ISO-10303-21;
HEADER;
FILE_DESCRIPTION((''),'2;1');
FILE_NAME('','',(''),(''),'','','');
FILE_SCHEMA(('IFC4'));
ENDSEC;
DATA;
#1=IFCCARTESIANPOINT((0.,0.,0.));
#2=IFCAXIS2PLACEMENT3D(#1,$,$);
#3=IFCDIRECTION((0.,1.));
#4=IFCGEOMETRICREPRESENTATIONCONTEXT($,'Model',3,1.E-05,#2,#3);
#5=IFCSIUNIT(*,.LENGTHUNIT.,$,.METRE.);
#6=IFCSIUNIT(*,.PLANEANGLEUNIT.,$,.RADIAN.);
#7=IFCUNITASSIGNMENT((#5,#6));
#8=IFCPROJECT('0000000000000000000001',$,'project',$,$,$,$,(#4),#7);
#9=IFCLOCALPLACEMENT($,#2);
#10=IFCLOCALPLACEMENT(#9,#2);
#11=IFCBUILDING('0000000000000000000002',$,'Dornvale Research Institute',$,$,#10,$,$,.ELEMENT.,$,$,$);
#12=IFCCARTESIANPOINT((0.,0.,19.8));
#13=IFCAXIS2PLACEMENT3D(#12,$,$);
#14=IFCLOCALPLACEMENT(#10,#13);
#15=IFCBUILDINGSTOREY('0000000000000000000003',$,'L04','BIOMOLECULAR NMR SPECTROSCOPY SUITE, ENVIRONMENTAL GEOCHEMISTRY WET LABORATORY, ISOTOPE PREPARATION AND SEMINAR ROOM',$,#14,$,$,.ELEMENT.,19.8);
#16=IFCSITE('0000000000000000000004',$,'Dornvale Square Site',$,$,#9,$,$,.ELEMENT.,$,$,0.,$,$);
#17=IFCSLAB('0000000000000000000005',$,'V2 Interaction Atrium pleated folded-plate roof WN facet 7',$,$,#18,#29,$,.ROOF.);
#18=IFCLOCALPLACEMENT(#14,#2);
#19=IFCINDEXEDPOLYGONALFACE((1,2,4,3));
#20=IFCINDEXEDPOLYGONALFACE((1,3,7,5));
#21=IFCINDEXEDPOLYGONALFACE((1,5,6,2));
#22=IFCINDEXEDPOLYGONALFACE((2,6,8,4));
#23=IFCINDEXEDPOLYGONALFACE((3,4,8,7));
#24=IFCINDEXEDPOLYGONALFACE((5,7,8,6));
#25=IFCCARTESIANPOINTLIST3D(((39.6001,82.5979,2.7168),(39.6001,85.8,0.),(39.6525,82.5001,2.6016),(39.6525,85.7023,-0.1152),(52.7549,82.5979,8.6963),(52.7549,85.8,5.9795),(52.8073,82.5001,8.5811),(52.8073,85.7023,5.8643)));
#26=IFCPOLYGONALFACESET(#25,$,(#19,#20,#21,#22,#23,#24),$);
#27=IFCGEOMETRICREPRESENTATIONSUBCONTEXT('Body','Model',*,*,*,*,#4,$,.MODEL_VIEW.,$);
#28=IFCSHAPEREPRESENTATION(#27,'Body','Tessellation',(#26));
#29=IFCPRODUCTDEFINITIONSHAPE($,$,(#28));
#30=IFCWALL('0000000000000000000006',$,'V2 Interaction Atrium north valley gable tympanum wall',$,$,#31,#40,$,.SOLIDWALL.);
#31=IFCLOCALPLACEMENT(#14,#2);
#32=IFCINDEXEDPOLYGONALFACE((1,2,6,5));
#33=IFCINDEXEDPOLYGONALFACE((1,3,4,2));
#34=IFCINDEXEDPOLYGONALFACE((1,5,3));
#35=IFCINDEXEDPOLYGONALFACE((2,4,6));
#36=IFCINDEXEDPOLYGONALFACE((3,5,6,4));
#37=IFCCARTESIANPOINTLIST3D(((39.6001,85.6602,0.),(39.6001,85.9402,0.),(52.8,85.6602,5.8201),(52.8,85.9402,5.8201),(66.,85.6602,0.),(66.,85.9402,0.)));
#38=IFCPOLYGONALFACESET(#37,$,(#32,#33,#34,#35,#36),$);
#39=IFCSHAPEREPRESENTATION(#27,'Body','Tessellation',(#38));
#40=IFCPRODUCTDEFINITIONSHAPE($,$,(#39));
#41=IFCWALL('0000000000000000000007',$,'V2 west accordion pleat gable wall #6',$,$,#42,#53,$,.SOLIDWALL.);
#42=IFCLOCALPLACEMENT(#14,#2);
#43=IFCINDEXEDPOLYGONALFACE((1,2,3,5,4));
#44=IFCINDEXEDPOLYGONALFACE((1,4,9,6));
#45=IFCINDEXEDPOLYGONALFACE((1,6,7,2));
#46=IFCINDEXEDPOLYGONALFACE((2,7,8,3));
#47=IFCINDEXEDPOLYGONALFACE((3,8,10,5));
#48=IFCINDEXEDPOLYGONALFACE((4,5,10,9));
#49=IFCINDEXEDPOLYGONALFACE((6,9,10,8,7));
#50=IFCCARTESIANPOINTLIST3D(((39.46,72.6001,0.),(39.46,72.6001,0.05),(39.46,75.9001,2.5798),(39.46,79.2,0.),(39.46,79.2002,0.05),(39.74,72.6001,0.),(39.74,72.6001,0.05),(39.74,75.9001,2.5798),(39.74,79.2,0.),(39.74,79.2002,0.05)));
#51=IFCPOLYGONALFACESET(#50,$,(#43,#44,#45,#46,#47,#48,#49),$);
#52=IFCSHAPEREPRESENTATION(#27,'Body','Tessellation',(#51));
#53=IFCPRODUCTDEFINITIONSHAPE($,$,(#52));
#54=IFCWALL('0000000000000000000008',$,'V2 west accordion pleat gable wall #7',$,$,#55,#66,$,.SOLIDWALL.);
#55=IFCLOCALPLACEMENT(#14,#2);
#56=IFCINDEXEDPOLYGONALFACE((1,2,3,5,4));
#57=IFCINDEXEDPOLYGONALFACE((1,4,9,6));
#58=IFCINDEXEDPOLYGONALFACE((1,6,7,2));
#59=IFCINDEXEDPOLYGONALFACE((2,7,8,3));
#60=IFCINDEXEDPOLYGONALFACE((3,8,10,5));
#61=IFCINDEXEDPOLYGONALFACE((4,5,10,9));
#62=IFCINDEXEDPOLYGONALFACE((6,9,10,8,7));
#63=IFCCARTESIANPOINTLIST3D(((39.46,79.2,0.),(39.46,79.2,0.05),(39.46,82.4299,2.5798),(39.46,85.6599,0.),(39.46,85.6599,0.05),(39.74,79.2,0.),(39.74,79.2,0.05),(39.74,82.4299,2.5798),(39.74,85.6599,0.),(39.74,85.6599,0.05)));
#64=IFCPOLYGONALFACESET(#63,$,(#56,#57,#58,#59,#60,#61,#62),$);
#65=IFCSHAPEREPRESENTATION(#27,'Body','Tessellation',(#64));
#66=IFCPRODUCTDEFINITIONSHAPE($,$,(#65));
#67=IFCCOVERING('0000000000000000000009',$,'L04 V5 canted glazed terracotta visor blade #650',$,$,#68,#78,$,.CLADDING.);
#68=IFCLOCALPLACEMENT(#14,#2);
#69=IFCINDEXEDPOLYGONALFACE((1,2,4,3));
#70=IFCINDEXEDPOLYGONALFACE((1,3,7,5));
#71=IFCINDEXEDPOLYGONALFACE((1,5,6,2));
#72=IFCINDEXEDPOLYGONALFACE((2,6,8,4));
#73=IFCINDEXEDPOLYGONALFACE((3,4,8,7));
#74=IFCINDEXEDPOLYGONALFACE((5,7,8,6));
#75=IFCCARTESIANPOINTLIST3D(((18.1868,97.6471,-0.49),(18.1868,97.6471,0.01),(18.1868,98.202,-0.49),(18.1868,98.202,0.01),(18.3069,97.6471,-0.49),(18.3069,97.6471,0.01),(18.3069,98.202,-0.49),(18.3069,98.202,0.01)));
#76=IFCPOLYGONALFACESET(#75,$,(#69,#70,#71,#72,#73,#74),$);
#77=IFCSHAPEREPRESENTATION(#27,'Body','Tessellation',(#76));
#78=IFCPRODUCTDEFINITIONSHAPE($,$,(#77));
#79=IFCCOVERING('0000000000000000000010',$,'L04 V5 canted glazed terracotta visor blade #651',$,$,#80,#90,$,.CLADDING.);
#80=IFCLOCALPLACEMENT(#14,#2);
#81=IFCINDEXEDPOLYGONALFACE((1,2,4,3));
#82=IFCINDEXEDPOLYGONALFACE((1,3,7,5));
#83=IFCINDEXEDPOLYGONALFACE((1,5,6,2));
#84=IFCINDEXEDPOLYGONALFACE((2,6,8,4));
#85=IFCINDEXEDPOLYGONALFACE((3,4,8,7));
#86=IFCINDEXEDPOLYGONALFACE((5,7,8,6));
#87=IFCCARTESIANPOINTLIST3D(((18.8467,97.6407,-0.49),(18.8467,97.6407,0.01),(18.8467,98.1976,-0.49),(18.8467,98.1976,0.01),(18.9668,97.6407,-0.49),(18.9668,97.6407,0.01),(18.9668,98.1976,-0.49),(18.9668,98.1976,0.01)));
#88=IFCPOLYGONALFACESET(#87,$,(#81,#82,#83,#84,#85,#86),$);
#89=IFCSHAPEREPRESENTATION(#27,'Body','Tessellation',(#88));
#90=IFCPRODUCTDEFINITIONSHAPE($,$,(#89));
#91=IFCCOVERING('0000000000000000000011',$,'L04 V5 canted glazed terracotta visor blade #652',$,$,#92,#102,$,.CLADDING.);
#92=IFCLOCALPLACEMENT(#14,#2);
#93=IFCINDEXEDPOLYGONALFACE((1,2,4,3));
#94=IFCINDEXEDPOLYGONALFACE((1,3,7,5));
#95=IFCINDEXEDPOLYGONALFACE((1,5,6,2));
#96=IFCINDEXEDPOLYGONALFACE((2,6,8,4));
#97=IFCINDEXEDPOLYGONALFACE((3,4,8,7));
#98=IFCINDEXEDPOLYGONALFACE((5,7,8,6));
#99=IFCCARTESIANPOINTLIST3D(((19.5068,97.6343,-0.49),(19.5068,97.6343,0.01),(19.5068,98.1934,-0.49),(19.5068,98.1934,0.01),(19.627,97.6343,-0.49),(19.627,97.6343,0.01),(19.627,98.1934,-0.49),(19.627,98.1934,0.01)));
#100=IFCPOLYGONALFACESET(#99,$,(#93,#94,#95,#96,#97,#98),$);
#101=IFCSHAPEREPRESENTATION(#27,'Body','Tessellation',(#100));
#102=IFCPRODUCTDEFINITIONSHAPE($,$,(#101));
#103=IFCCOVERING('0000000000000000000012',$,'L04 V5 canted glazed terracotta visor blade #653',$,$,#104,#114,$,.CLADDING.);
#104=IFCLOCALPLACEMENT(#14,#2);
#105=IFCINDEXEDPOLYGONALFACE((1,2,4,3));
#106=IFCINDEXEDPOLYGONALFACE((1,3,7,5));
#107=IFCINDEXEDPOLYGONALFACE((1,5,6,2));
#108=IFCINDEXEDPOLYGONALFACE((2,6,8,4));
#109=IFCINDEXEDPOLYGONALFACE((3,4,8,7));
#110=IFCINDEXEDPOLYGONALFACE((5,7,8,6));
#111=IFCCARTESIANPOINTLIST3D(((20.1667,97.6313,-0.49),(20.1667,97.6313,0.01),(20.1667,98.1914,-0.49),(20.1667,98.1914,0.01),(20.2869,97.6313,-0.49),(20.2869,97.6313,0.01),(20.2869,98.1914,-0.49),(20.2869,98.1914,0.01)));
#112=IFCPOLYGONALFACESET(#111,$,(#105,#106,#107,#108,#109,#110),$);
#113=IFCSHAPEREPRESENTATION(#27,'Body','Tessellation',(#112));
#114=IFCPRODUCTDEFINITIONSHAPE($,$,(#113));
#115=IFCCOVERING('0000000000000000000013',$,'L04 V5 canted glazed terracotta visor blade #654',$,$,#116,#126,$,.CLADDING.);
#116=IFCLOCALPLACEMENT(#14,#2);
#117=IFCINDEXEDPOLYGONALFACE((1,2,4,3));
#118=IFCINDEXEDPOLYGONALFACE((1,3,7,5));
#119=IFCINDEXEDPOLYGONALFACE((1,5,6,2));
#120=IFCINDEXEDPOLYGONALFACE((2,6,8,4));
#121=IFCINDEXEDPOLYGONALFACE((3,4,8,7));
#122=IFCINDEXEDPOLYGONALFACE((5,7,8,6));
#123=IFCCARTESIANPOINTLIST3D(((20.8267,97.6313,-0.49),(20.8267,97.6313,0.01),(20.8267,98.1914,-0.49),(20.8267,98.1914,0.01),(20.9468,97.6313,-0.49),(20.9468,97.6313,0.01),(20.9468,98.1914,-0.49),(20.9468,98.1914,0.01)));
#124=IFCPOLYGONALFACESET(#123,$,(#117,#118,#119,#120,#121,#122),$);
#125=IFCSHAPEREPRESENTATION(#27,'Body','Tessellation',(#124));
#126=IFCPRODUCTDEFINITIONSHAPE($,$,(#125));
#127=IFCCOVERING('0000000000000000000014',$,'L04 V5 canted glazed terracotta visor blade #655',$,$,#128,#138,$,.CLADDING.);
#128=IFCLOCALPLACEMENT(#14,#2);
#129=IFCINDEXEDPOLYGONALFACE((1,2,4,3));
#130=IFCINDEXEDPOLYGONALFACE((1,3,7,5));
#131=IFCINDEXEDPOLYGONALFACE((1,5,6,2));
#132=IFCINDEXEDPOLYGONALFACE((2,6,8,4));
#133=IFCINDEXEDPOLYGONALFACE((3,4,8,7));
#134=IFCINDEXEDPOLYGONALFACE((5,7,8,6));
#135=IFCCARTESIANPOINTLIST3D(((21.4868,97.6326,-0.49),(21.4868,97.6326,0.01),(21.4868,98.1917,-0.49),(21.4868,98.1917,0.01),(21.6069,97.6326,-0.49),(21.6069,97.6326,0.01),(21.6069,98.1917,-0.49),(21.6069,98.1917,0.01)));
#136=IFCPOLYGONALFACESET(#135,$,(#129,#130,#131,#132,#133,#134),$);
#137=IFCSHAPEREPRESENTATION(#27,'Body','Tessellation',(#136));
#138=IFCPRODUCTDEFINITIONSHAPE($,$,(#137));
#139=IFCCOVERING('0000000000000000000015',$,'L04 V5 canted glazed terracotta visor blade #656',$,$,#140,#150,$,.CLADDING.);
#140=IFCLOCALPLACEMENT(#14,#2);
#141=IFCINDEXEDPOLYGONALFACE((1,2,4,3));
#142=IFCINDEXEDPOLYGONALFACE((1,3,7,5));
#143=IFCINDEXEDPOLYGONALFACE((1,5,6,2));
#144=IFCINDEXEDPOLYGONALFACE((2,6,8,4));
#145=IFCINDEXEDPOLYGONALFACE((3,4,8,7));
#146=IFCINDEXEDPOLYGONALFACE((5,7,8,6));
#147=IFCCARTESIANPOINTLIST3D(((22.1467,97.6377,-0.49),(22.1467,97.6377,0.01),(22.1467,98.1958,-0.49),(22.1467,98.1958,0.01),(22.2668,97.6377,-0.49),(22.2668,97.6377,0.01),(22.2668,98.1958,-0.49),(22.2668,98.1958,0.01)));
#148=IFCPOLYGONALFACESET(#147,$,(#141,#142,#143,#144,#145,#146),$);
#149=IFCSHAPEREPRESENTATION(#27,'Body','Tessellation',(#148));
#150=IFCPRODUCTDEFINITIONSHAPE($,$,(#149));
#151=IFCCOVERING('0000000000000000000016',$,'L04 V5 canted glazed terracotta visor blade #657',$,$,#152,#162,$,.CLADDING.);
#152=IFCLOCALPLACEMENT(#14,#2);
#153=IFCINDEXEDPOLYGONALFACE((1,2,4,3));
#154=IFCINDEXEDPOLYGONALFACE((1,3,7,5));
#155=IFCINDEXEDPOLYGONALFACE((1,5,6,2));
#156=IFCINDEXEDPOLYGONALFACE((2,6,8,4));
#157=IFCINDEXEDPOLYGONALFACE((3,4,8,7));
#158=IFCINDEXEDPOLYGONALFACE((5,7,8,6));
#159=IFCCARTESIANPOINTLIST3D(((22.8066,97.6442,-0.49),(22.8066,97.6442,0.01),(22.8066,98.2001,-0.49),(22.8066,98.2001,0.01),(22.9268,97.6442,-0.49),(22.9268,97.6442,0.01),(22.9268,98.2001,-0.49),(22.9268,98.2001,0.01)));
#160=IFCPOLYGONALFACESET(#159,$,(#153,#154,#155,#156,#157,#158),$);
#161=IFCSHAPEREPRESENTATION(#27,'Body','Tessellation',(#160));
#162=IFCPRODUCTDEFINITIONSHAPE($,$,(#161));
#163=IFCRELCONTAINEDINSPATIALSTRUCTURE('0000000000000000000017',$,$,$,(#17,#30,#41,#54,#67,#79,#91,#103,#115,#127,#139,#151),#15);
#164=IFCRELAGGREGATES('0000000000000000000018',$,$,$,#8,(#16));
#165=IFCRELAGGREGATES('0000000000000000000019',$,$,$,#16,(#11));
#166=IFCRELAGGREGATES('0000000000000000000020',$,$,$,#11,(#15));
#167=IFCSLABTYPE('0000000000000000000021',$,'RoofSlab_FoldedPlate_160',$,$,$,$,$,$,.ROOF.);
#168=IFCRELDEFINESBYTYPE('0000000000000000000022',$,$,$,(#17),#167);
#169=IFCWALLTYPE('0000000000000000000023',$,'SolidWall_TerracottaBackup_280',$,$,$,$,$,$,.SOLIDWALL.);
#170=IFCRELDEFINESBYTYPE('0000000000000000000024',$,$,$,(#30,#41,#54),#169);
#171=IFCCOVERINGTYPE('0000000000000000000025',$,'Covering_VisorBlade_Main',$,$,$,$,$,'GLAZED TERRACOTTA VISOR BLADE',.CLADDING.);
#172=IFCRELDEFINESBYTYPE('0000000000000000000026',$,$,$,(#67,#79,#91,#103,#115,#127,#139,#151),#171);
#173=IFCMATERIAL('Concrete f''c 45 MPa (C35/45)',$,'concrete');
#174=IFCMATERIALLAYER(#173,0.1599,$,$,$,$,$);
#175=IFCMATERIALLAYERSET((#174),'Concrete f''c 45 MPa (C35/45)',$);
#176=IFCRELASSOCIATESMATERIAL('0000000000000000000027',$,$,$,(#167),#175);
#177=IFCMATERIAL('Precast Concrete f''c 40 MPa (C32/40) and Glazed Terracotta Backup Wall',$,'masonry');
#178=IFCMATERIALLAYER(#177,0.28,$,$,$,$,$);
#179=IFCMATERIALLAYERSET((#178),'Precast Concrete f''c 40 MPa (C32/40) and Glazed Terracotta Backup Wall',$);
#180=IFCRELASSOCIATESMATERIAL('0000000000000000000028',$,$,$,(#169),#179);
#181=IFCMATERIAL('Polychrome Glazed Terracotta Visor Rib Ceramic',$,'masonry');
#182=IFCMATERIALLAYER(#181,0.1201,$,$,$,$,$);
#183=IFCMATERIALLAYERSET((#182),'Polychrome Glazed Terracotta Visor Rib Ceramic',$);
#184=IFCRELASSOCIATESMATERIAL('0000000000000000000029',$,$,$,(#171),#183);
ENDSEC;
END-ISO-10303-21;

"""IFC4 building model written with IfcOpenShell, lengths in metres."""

from ifc_helpers import new_model, si_unit, direction, frame, origin, origin_2d, place, context, subcontext, project, spatial, polyline, rectangle, outline, extrude, material, layer, layer_set, type_object, element, save


model = new_model("IFC4")

# Units and contexts
model_context = context("Model", 3, precision=1e-05, world=origin(), true_north=direction((0.0, 1.0)))
body_context = subcontext(model_context, "Body", "Model", "MODEL_VIEW")
ifc_project = project(units=[si_unit("LENGTHUNIT", "METRE"), si_unit("PLANEANGLEUNIT", "RADIAN")], contexts=[model_context])

# Site, building, storey
site_placement = place(None, origin())
site = spatial("IfcSite", under=ifc_project, at=site_placement, Name="Dornvale Square Site", CompositionType="ELEMENT", RefElevation=0.0)
building_placement = place(site_placement, origin())
building = spatial("IfcBuilding", under=site, at=building_placement, Name="Dornvale Research Institute", CompositionType="ELEMENT")
storey_placement = place(building_placement, frame((0.0, 0.0, 19.8)))
storey = spatial("IfcBuildingStorey", under=building, at=storey_placement, Name="L04", Description="BIOMOLECULAR NMR SPECTROSCOPY SUITE, ENVIRONMENTAL GEOCHEMISTRY WET LABORATORY, ISOTOPE PREPARATION AND SEMINAR ROOM", CompositionType="ELEMENT", Elevation=19.8)

# Slab
ifc_material_1 = material(Name="Concrete f'c 45 MPa (C35/45)", Category="concrete")
ifc_layer_1 = layer(ifc_material_1, 0.1599)
ifc_layer_set_1 = layer_set([ifc_layer_1], Name="Concrete f'c 45 MPa (C35/45)")
slab_type = type_object("IfcSlabType", Name="RoofSlab_FoldedPlate_160", PredefinedType="ROOF", material=ifc_layer_set_1)
slab_1_placement = place(storey_placement, frame((39.6001, 82.5979, 2.7168), z_axis=(-0.327493, 0.611276, 0.720479), x_axis=(0.910365, 0.0, 0.413805)))
element("IfcSlab", 1, at=slab_1_placement, inside=storey, type_object=slab_type, Name="V2 Interaction Atrium pleated folded-plate roof WN facet 7", PredefinedType="ROOF", context=body_context, shape_type="SweptSolid", body=[
    extrude(outline(polyline([(0.0, 0.0), (14.45, 0.0), (13.3258, 4.0461), (-1.1242, 4.0461), (0.0, 0.0)])), origin(), (0.0, 0.0, -1.0), 0.1599),
])

# Walls
ifc_material_2 = material(Name="Precast Concrete f'c 40 MPa (C32/40) and Glazed Terracotta Backup Wall", Category="masonry")
ifc_layer_2 = layer(ifc_material_2, 0.28)
ifc_layer_set_2 = layer_set([ifc_layer_2], Name="Precast Concrete f'c 40 MPa (C32/40) and Glazed Terracotta Backup Wall")
wall_type = type_object("IfcWallType", Name="SolidWall_TerracottaBackup_280", PredefinedType="SOLIDWALL", material=ifc_layer_set_2)
wall_1_placement = place(storey_placement, frame((39.6001, 85.8, 0.0), z_axis=(0.0, 0.0, 1.0), x_axis=(1.0, 0.0, 0.0)))
element("IfcWall", 2, at=wall_1_placement, inside=storey, type_object=wall_type, Name="V2 Interaction Atrium north valley gable tympanum wall", PredefinedType="SOLIDWALL", context=body_context, shape_type="SweptSolid", body=[
    extrude(outline(polyline([(0.0, 0.0), (26.3999, 0.0), (26.3999, 0.0), (13.2, 5.8201), (0.0, 0.0), (0.0, 0.0)])), frame((0.0, 0.1401, 0.0), z_axis=(0.0, -1.0, 0.0), x_axis=(1.0, 0.0, 0.0)), (0.0, 0.0, 1.0), 0.28),
])
wall_2_placement = place(storey_placement, frame((39.6001, 72.6001, 0.0), z_axis=(0.0, 0.0, 1.0), x_axis=(0.0, 1.0, 0.0)))
element("IfcWall", 3, at=wall_2_placement, inside=storey, type_object=wall_type, Name="V2 west accordion pleat gable wall #6", PredefinedType="SOLIDWALL", context=body_context, shape_type="SweptSolid", body=[
    extrude(outline(polyline([(0.0, 0.0), (6.5999, 0.0), (6.6001, 0.05), (3.3, 2.5798), (0.0, 0.05), (0.0, 0.0)])), frame((0.0, 0.1401, 0.0), z_axis=(0.0, -1.0, 0.0), x_axis=(1.0, 0.0, 0.0)), (0.0, 0.0, 1.0), 0.28),
])
wall_3_placement = place(storey_placement, frame((39.6001, 79.2, 0.0), z_axis=(0.0, 0.0, 1.0), x_axis=(0.0, 1.0, 0.0)))
element("IfcWall", 4, at=wall_3_placement, inside=storey, type_object=wall_type, Name="V2 west accordion pleat gable wall #7", PredefinedType="SOLIDWALL", context=body_context, shape_type="SweptSolid", body=[
    extrude(outline(polyline([(0.0, 0.0), (6.46, 0.0), (6.46, 0.05), (3.23, 2.5798), (0.0, 0.05), (0.0, 0.0)])), frame((0.0, 0.1401, 0.0), z_axis=(0.0, -1.0, 0.0), x_axis=(1.0, 0.0, 0.0)), (0.0, 0.0, 1.0), 0.28),
])

# Coverings
ifc_material_3 = material(Name="Polychrome Glazed Terracotta Visor Rib Ceramic", Category="masonry")
ifc_layer_3 = layer(ifc_material_3, 0.1201)
ifc_layer_set_3 = layer_set([ifc_layer_3], Name="Polychrome Glazed Terracotta Visor Rib Ceramic")
covering_type = type_object("IfcCoveringType", Name="Covering_VisorBlade_Main", ElementType="GLAZED TERRACOTTA VISOR BLADE", PredefinedType="CLADDING", material=ifc_layer_set_3)
covering_1_placement = place(storey_placement, frame((18.2468, 97.9246, -0.49), z_axis=(0.0, 0.0, 1.0), x_axis=(0.0, 1.0, 0.0)))
element("IfcCovering", 5, at=covering_1_placement, inside=storey, type_object=covering_type, Name="L04 V5 canted glazed terracotta visor blade #650", PredefinedType="CLADDING", context=body_context, shape_type="SweptSolid", body=[
    extrude(rectangle(XDim=0.5549, YDim=0.1201, at=origin_2d()), origin(), (0.0, 0.0, 1.0), 0.5),
])
covering_2_placement = place(storey_placement, frame((18.9067, 97.9192, -0.49), z_axis=(0.0, 0.0, 1.0), x_axis=(0.0, 1.0, 0.0)))
element("IfcCovering", 6, at=covering_2_placement, inside=storey, type_object=covering_type, Name="L04 V5 canted glazed terracotta visor blade #651", PredefinedType="CLADDING", context=body_context, shape_type="SweptSolid", body=[
    extrude(rectangle(XDim=0.5569, YDim=0.1201, at=origin_2d()), origin(), (0.0, 0.0, 1.0), 0.5),
])
covering_3_placement = place(storey_placement, frame((19.5669, 97.9138, -0.49), z_axis=(0.0, 0.0, 1.0), x_axis=(0.0, 1.0, 0.0)))
element("IfcCovering", 7, at=covering_3_placement, inside=storey, type_object=covering_type, Name="L04 V5 canted glazed terracotta visor blade #652", PredefinedType="CLADDING", context=body_context, shape_type="SweptSolid", body=[
    extrude(rectangle(XDim=0.5591, YDim=0.1201, at=origin_2d()), origin(), (0.0, 0.0, 1.0), 0.5),
])
for number, where, z_axis, x_axis, name in (
    (8, (20.2268, 97.9114, -0.49), (0.0, 0.0, 1.0), (0.0, 1.0, 0.0), "L04 V5 canted glazed terracotta visor blade #653"),
    (9, (20.8867, 97.9114, -0.49), (0.0, 0.0, 1.0), (0.0, 1.0, 0.0), "L04 V5 canted glazed terracotta visor blade #654"),
):
    element("IfcCovering", number, at=place(storey_placement, frame(where, z_axis=z_axis, x_axis=x_axis)), inside=storey, type_object=covering_type, Name=name, PredefinedType="CLADDING", context=body_context, shape_type="SweptSolid", body=[
        extrude(rectangle(XDim=0.5601, YDim=0.1201, at=origin_2d()), origin(), (0.0, 0.0, 1.0), 0.5),
    ])
covering_4_placement = place(storey_placement, frame((21.5469, 97.9121, -0.49), z_axis=(0.0, 0.0, 1.0), x_axis=(0.0, 1.0, 0.0)))
element("IfcCovering", 10, at=covering_4_placement, inside=storey, type_object=covering_type, Name="L04 V5 canted glazed terracotta visor blade #655", PredefinedType="CLADDING", context=body_context, shape_type="SweptSolid", body=[
    extrude(rectangle(XDim=0.5591, YDim=0.1201, at=origin_2d()), origin(), (0.0, 0.0, 1.0), 0.5),
])
covering_5_placement = place(storey_placement, frame((22.2068, 97.9167, -0.49), z_axis=(0.0, 0.0, 1.0), x_axis=(0.0, 1.0, 0.0)))
element("IfcCovering", 11, at=covering_5_placement, inside=storey, type_object=covering_type, Name="L04 V5 canted glazed terracotta visor blade #656", PredefinedType="CLADDING", context=body_context, shape_type="SweptSolid", body=[
    extrude(rectangle(XDim=0.5581, YDim=0.1201, at=origin_2d()), origin(), (0.0, 0.0, 1.0), 0.5),
])
covering_6_placement = place(storey_placement, frame((22.8667, 97.9221, -0.49), z_axis=(0.0, 0.0, 1.0), x_axis=(0.0, 1.0, 0.0)))
element("IfcCovering", 12, at=covering_6_placement, inside=storey, type_object=covering_type, Name="L04 V5 canted glazed terracotta visor blade #657", PredefinedType="CLADDING", context=body_context, shape_type="SweptSolid", body=[
    extrude(rectangle(XDim=0.5559, YDim=0.1201, at=origin_2d()), origin(), (0.0, 0.0, 1.0), 0.5),
])

save(model, "model.ifc")
